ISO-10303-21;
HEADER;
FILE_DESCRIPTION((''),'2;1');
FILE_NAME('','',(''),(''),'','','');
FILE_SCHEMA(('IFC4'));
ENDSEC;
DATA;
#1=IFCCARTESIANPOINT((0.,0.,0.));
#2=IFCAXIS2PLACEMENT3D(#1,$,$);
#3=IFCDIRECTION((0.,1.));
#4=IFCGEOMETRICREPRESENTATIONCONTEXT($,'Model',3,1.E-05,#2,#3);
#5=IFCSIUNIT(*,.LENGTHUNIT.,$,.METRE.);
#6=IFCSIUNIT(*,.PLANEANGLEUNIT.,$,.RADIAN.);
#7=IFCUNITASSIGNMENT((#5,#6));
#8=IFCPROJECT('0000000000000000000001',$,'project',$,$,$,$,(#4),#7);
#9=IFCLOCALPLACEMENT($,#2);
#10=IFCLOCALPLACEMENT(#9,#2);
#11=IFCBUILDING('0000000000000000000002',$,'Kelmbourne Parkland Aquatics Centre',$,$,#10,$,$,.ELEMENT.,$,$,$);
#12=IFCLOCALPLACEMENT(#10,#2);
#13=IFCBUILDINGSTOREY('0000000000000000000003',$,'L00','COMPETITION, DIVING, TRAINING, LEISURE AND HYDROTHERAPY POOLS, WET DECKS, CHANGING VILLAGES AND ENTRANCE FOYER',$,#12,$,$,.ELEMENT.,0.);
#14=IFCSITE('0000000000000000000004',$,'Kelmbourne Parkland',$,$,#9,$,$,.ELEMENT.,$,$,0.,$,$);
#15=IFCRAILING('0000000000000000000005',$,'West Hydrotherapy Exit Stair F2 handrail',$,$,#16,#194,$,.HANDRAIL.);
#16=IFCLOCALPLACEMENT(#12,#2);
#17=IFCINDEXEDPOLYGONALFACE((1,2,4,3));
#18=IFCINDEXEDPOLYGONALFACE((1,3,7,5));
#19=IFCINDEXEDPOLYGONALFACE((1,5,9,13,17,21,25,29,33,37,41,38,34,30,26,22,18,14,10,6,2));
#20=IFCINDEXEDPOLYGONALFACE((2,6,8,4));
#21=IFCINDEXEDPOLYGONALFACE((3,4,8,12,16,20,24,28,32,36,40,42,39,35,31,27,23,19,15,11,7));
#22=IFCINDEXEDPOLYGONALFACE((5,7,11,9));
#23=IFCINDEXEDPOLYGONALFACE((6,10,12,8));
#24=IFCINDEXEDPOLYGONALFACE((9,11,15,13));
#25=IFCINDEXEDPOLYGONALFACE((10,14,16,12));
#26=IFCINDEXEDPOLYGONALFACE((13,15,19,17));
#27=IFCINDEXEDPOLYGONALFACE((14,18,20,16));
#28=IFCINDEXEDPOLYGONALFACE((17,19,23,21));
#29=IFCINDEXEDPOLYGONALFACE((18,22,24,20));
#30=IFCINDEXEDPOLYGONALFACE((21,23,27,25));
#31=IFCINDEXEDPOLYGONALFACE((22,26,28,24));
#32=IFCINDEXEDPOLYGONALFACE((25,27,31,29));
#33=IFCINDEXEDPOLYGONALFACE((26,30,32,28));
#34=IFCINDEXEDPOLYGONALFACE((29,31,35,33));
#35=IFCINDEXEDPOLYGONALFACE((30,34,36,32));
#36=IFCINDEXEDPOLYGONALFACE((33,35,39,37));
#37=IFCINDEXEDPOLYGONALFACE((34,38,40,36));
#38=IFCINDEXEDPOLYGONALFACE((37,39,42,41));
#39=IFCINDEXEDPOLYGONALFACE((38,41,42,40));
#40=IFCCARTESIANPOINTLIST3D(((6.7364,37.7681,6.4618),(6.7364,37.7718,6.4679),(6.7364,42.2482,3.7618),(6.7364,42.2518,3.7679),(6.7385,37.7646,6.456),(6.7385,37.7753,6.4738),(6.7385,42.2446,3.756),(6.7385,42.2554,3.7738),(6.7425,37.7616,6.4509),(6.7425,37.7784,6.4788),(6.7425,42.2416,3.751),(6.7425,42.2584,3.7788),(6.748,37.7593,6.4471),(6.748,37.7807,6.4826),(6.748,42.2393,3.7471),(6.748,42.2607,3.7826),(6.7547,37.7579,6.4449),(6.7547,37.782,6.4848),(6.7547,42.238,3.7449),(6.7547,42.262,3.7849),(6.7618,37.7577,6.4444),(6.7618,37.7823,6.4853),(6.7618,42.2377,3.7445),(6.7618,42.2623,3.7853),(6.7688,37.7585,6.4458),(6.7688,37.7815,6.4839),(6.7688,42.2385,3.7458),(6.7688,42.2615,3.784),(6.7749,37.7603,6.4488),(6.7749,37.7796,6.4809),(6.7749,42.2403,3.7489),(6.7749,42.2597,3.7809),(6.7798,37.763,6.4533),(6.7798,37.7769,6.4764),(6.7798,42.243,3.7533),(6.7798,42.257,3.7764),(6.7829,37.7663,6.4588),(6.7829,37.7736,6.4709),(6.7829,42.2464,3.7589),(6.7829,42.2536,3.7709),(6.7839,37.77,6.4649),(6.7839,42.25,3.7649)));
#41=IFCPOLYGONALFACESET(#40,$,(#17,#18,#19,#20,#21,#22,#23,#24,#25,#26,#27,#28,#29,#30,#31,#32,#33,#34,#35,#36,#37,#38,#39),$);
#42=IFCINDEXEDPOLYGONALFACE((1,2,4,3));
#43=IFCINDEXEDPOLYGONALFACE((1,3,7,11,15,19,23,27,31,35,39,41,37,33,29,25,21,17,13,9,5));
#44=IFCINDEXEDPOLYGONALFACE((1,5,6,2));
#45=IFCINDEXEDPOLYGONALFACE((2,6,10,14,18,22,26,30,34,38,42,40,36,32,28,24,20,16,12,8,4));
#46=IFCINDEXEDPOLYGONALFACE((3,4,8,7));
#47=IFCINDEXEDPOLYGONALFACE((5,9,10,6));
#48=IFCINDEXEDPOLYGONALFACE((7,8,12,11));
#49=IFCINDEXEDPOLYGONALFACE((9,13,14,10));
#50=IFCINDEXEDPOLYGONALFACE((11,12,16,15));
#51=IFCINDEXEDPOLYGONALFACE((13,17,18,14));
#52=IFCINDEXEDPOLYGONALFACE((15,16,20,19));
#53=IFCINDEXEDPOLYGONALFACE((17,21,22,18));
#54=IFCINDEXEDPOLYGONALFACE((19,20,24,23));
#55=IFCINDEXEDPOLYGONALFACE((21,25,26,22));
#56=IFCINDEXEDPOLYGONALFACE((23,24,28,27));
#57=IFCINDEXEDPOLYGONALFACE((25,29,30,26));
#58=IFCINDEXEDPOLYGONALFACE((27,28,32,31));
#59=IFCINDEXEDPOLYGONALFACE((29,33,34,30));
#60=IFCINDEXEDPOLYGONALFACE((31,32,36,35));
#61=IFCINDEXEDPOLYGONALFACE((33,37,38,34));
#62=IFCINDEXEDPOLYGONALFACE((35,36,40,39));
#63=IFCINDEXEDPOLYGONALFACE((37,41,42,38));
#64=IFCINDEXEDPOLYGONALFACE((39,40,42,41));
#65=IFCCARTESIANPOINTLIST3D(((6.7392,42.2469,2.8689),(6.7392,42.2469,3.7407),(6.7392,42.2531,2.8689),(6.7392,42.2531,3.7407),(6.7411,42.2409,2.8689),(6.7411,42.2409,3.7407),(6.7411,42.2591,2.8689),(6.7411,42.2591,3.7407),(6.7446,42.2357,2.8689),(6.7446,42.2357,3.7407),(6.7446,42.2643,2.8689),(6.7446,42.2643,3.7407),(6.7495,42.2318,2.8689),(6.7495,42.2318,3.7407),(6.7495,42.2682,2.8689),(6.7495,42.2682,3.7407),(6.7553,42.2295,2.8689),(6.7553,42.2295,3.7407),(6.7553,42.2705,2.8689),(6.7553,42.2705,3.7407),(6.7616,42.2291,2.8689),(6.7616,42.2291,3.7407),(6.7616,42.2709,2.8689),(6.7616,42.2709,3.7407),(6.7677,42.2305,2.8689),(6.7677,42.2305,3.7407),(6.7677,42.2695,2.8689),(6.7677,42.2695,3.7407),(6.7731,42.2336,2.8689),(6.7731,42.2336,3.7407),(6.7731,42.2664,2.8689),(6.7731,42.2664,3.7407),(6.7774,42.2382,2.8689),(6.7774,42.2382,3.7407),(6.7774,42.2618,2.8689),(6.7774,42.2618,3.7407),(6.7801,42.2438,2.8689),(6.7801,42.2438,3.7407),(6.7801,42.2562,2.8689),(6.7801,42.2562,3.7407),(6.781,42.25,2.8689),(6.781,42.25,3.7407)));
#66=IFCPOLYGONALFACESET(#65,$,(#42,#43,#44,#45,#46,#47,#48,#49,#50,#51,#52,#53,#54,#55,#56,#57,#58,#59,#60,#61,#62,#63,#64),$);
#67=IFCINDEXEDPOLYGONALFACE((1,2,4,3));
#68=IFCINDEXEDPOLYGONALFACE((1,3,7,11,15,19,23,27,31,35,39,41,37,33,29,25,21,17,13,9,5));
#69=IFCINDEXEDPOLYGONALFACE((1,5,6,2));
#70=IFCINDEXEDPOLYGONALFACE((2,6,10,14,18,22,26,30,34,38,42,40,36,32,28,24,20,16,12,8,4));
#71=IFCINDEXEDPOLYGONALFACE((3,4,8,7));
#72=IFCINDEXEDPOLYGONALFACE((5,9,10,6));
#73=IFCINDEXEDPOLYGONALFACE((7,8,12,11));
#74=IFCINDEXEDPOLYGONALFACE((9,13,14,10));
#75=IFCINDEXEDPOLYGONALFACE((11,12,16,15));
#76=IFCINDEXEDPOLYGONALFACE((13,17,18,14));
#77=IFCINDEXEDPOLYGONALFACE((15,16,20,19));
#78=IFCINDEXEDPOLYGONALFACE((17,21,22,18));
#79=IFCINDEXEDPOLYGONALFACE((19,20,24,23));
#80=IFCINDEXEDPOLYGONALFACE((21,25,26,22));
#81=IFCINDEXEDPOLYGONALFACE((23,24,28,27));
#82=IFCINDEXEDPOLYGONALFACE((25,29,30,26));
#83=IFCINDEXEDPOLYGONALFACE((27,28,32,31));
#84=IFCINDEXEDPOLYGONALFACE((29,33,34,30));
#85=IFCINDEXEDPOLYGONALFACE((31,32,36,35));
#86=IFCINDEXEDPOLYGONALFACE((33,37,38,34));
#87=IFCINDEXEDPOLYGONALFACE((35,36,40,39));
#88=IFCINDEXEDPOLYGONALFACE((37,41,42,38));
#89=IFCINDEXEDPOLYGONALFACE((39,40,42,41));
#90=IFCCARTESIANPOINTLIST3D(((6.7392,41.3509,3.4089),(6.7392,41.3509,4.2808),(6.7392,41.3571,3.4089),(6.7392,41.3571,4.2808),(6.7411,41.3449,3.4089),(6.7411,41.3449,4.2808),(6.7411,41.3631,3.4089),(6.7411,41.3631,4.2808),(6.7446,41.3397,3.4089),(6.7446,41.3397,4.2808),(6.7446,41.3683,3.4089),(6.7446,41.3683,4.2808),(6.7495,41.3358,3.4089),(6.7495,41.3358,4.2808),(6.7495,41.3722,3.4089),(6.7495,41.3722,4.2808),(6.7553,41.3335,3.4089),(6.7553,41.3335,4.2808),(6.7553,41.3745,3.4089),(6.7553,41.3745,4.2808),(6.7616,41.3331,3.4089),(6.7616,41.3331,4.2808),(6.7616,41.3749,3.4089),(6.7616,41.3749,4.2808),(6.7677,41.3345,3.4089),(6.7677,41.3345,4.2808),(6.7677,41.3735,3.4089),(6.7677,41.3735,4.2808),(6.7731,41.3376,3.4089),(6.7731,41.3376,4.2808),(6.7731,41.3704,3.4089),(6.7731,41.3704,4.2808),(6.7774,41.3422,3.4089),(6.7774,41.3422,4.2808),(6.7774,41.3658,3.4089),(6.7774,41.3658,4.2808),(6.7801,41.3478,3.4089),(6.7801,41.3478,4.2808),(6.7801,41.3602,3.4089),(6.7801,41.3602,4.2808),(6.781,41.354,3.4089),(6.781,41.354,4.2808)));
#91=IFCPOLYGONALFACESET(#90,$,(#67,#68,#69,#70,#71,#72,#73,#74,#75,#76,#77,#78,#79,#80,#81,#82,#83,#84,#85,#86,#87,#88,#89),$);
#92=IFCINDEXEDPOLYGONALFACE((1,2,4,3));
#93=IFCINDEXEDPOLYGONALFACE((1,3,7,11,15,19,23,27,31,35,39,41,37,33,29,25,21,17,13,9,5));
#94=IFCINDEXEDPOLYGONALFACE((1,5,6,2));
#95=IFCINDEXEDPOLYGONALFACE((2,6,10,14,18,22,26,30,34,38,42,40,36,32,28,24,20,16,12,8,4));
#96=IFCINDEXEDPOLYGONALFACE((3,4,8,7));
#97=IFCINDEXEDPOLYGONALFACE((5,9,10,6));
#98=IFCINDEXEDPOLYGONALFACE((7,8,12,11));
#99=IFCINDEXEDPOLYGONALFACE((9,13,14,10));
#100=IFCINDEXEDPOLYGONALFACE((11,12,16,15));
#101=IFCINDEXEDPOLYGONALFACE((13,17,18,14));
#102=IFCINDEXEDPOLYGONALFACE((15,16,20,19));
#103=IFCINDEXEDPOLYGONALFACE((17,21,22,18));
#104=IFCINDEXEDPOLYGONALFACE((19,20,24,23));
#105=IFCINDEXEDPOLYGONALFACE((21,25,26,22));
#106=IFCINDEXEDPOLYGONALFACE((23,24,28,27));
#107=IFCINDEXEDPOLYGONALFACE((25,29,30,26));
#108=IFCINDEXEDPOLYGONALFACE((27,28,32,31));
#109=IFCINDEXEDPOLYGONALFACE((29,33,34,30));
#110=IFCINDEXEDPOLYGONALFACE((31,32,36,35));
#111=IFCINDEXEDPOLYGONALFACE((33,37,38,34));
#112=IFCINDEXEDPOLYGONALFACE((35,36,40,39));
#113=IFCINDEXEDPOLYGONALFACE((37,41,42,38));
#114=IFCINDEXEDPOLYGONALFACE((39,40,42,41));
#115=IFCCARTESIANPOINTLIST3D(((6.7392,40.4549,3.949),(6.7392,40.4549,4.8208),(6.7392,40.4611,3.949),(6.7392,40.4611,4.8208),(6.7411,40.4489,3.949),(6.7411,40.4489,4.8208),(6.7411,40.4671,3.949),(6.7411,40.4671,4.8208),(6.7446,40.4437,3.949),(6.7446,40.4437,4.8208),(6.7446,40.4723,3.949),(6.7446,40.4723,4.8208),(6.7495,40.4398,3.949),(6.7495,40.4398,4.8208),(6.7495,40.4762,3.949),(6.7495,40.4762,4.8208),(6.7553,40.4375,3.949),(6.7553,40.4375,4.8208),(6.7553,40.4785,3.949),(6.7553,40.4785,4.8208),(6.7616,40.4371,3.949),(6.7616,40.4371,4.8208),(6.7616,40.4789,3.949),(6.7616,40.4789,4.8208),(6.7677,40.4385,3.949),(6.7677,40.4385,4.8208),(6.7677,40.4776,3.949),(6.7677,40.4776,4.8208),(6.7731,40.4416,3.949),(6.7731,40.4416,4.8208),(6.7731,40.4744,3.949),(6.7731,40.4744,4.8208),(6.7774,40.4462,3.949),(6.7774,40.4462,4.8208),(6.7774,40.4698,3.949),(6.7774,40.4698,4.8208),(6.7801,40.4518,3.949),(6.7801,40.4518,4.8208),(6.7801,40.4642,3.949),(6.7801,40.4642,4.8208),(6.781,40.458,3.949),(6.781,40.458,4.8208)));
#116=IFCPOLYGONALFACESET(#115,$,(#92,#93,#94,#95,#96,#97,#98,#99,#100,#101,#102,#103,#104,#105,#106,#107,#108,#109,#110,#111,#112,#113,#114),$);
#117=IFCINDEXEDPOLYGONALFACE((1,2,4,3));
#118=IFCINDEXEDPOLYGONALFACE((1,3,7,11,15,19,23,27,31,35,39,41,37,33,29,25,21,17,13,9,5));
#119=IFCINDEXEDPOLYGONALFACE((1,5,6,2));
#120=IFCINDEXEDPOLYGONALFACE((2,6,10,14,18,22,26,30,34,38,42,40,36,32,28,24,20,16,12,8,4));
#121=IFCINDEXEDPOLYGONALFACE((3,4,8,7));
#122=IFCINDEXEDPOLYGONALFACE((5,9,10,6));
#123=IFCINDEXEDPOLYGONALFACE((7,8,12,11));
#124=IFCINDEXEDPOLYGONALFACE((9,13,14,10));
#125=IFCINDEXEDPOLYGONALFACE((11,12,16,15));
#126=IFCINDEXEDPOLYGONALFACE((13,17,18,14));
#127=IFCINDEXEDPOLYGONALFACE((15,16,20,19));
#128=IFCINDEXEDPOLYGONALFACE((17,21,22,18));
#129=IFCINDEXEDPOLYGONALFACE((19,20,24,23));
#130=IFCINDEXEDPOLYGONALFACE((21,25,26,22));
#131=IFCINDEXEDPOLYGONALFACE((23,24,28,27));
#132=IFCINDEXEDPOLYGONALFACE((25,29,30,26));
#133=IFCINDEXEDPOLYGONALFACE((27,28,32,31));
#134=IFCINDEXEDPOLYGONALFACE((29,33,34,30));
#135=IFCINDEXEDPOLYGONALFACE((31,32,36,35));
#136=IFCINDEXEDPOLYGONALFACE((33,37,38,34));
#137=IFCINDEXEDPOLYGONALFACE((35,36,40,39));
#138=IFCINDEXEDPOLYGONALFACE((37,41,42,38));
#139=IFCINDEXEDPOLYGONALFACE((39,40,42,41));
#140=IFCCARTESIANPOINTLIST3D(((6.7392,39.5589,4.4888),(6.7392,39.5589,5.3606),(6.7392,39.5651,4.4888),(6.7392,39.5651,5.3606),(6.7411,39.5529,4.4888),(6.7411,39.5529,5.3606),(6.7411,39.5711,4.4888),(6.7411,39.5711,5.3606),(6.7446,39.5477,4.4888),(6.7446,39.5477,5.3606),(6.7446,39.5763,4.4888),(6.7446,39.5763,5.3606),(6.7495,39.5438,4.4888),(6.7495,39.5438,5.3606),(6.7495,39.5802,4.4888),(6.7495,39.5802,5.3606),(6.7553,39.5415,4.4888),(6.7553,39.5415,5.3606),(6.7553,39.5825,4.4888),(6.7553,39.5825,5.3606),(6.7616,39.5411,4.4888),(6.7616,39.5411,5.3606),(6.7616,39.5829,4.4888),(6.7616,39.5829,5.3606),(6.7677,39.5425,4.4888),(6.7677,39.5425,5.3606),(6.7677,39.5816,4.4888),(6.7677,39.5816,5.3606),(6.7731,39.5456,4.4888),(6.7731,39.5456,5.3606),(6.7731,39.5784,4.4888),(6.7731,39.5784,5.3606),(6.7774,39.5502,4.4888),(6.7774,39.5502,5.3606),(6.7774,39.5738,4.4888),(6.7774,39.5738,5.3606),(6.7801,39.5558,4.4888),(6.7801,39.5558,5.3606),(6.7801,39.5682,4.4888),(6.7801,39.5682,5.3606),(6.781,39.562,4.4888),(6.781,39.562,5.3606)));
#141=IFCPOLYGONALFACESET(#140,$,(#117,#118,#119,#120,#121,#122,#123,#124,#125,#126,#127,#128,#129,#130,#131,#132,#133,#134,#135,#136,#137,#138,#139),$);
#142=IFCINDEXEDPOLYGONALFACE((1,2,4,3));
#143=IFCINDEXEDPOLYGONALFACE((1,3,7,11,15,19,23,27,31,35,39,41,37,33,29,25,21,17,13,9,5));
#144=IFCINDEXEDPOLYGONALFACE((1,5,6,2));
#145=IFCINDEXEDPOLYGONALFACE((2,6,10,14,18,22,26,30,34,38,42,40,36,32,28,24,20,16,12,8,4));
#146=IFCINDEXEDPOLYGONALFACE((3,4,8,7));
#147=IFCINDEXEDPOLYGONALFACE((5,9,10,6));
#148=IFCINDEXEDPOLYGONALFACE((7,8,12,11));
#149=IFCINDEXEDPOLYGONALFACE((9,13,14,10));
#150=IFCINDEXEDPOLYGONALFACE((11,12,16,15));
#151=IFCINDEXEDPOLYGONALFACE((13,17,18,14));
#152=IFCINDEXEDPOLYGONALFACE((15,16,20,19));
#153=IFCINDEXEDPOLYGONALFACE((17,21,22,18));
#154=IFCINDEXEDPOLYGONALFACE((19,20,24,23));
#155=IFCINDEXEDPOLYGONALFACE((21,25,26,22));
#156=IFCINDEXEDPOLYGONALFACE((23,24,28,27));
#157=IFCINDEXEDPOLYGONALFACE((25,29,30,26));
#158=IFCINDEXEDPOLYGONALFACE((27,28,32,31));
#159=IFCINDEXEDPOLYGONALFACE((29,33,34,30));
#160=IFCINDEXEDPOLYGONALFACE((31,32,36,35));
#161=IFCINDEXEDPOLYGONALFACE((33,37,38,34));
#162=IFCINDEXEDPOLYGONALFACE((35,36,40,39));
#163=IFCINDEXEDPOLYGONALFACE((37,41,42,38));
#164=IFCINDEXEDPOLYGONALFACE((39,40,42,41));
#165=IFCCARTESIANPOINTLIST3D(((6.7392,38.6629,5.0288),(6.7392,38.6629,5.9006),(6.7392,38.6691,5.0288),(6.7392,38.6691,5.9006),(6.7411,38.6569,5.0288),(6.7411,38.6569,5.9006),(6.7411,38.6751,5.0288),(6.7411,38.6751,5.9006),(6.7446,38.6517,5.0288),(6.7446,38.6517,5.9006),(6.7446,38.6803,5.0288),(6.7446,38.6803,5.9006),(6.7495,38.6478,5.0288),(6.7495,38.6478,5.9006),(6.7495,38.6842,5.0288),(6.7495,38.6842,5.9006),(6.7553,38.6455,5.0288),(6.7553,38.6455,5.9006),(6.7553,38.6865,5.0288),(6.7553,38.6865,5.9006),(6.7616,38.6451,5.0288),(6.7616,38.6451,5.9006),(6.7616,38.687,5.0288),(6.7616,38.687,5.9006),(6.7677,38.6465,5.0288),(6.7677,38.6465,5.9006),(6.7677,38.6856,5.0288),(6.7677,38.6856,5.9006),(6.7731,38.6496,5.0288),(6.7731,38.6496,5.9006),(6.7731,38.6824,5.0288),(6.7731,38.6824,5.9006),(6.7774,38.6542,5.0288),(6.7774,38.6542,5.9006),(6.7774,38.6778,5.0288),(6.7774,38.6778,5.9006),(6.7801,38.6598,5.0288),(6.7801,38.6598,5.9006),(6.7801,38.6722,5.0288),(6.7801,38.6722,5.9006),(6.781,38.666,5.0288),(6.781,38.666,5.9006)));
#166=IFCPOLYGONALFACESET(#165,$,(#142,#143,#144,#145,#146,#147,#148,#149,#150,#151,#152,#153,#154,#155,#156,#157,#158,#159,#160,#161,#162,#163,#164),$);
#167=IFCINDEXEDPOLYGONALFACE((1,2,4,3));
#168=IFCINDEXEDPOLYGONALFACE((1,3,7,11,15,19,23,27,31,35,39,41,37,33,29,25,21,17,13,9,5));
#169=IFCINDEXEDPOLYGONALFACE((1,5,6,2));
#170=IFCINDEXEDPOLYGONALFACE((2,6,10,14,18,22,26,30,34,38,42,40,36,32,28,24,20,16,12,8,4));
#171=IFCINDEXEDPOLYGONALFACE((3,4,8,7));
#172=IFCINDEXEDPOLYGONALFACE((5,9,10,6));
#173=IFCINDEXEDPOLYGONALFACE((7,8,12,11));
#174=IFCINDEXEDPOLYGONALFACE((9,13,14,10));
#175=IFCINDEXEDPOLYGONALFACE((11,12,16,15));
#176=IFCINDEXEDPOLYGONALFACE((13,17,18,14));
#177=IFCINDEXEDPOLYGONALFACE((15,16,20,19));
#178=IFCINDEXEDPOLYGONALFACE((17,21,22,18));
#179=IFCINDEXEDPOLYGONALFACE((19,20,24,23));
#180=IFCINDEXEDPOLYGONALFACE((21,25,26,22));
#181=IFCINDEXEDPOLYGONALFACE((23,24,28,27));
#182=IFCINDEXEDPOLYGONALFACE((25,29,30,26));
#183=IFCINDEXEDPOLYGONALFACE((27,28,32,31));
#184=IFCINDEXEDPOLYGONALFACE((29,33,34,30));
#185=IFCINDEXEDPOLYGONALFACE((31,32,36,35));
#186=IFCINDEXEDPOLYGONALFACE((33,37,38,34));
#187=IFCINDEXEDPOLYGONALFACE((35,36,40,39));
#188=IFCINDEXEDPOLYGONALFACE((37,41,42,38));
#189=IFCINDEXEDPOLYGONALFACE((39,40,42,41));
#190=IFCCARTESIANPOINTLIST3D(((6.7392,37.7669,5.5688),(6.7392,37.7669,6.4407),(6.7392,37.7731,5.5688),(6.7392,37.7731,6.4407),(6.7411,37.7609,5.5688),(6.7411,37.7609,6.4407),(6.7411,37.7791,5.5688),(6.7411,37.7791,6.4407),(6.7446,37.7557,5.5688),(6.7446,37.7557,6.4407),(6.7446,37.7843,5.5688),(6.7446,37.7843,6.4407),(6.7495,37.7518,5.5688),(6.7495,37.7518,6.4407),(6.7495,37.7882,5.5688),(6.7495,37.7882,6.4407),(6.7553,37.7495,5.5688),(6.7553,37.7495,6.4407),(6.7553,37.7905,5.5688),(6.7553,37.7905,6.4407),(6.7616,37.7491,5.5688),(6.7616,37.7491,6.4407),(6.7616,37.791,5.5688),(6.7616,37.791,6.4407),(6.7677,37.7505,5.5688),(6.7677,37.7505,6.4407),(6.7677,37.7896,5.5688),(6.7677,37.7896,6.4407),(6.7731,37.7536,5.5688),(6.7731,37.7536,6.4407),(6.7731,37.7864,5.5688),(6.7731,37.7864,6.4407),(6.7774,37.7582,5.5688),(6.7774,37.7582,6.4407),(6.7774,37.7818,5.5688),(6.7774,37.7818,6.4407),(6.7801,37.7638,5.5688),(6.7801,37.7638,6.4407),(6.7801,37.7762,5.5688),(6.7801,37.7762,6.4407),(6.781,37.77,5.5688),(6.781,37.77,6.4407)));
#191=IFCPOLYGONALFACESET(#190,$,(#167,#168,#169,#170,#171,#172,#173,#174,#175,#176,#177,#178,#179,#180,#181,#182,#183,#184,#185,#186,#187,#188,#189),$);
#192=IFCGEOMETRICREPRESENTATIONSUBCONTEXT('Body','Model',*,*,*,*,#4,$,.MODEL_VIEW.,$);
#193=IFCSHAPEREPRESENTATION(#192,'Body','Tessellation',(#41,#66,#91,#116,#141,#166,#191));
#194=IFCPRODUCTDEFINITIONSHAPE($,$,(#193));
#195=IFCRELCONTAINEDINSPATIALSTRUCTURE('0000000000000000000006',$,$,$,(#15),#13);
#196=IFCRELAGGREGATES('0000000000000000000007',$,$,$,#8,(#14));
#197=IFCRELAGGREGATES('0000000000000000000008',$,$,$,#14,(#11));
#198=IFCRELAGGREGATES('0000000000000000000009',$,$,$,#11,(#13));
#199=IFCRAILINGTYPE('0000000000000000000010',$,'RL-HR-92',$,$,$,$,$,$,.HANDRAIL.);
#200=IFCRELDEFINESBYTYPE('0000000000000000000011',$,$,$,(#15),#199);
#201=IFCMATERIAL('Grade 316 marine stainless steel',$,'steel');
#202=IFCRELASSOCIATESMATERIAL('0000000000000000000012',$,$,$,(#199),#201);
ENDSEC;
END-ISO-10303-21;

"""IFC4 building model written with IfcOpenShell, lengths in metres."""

from ifc_helpers import new_model, si_unit, direction, frame, origin, origin_2d, place, context, subcontext, project, spatial, circle, extrude, material, type_object, element, save


model = new_model("IFC4")

# Units and contexts
model_context = context("Model", 3, precision=1e-05, world=origin(), true_north=direction((0.0, 1.0)))
body_context = subcontext(model_context, "Body", "Model", "MODEL_VIEW")
ifc_project = project(units=[si_unit("LENGTHUNIT", "METRE"), si_unit("PLANEANGLEUNIT", "RADIAN")], contexts=[model_context])

# Site, building, storey
site_placement = place(None, origin())
site = spatial("IfcSite", under=ifc_project, at=site_placement, Name="Kelmbourne Parkland", CompositionType="ELEMENT", RefElevation=0.0)
building_placement = place(site_placement, origin())
building = spatial("IfcBuilding", under=site, at=building_placement, Name="Kelmbourne Parkland Aquatics Centre", CompositionType="ELEMENT")
storey_placement = place(building_placement, origin())
storey = spatial("IfcBuildingStorey", under=building, at=storey_placement, Name="L00", Description="COMPETITION, DIVING, TRAINING, LEISURE AND HYDROTHERAPY POOLS, WET DECKS, CHANGING VILLAGES AND ENTRANCE FOYER", CompositionType="ELEMENT", Elevation=0.0)

# Railing
ifc_material_1 = material(Name="Grade 316 marine stainless steel", Category="steel")
railing_type_1 = type_object("IfcRailingType", Name="RL-HR-92", PredefinedType="HANDRAIL", material=ifc_material_1)
railing_1_placement = place(storey_placement, frame((6.76, 42.25, 2.8689)))
element("IfcRailing", 1, at=railing_1_placement, inside=storey, type_object=railing_type_1, Name="West Hydrotherapy Exit Stair F2 handrail", PredefinedType="HANDRAIL", context=body_context, shape_type="SweptSolid", body=[
    extrude(circle(Radius=0.0239, at=origin_2d()), frame((0.0, 0.0, 0.896), z_axis=(0.0, -0.856482, 0.516176), x_axis=(1.0, 0.0, 0.0)), (0.0, 0.0, 1.0), 5.2307),
    extrude(circle(Radius=0.021, at=origin_2d()), origin(), (0.0, 0.0, 1.0), 0.8718),
    extrude(circle(Radius=0.021, at=origin_2d()), frame((0.0, -0.896, 0.54)), (0.0, 0.0, 1.0), 0.8718),
    extrude(circle(Radius=0.021, at=origin_2d()), frame((0.0, -1.792, 1.0801)), (0.0, 0.0, 1.0), 0.8718),
    extrude(circle(Radius=0.021, at=origin_2d()), frame((0.0, -2.688, 1.6199)), (0.0, 0.0, 1.0), 0.8718),
    extrude(circle(Radius=0.021, at=origin_2d()), frame((0.0, -3.584, 2.1599)), (0.0, 0.0, 1.0), 0.8718),
    extrude(circle(Radius=0.021, at=origin_2d()), frame((0.0, -4.48, 2.7)), (0.0, 0.0, 1.0), 0.8718),
])

save(model, "model.ifc")
